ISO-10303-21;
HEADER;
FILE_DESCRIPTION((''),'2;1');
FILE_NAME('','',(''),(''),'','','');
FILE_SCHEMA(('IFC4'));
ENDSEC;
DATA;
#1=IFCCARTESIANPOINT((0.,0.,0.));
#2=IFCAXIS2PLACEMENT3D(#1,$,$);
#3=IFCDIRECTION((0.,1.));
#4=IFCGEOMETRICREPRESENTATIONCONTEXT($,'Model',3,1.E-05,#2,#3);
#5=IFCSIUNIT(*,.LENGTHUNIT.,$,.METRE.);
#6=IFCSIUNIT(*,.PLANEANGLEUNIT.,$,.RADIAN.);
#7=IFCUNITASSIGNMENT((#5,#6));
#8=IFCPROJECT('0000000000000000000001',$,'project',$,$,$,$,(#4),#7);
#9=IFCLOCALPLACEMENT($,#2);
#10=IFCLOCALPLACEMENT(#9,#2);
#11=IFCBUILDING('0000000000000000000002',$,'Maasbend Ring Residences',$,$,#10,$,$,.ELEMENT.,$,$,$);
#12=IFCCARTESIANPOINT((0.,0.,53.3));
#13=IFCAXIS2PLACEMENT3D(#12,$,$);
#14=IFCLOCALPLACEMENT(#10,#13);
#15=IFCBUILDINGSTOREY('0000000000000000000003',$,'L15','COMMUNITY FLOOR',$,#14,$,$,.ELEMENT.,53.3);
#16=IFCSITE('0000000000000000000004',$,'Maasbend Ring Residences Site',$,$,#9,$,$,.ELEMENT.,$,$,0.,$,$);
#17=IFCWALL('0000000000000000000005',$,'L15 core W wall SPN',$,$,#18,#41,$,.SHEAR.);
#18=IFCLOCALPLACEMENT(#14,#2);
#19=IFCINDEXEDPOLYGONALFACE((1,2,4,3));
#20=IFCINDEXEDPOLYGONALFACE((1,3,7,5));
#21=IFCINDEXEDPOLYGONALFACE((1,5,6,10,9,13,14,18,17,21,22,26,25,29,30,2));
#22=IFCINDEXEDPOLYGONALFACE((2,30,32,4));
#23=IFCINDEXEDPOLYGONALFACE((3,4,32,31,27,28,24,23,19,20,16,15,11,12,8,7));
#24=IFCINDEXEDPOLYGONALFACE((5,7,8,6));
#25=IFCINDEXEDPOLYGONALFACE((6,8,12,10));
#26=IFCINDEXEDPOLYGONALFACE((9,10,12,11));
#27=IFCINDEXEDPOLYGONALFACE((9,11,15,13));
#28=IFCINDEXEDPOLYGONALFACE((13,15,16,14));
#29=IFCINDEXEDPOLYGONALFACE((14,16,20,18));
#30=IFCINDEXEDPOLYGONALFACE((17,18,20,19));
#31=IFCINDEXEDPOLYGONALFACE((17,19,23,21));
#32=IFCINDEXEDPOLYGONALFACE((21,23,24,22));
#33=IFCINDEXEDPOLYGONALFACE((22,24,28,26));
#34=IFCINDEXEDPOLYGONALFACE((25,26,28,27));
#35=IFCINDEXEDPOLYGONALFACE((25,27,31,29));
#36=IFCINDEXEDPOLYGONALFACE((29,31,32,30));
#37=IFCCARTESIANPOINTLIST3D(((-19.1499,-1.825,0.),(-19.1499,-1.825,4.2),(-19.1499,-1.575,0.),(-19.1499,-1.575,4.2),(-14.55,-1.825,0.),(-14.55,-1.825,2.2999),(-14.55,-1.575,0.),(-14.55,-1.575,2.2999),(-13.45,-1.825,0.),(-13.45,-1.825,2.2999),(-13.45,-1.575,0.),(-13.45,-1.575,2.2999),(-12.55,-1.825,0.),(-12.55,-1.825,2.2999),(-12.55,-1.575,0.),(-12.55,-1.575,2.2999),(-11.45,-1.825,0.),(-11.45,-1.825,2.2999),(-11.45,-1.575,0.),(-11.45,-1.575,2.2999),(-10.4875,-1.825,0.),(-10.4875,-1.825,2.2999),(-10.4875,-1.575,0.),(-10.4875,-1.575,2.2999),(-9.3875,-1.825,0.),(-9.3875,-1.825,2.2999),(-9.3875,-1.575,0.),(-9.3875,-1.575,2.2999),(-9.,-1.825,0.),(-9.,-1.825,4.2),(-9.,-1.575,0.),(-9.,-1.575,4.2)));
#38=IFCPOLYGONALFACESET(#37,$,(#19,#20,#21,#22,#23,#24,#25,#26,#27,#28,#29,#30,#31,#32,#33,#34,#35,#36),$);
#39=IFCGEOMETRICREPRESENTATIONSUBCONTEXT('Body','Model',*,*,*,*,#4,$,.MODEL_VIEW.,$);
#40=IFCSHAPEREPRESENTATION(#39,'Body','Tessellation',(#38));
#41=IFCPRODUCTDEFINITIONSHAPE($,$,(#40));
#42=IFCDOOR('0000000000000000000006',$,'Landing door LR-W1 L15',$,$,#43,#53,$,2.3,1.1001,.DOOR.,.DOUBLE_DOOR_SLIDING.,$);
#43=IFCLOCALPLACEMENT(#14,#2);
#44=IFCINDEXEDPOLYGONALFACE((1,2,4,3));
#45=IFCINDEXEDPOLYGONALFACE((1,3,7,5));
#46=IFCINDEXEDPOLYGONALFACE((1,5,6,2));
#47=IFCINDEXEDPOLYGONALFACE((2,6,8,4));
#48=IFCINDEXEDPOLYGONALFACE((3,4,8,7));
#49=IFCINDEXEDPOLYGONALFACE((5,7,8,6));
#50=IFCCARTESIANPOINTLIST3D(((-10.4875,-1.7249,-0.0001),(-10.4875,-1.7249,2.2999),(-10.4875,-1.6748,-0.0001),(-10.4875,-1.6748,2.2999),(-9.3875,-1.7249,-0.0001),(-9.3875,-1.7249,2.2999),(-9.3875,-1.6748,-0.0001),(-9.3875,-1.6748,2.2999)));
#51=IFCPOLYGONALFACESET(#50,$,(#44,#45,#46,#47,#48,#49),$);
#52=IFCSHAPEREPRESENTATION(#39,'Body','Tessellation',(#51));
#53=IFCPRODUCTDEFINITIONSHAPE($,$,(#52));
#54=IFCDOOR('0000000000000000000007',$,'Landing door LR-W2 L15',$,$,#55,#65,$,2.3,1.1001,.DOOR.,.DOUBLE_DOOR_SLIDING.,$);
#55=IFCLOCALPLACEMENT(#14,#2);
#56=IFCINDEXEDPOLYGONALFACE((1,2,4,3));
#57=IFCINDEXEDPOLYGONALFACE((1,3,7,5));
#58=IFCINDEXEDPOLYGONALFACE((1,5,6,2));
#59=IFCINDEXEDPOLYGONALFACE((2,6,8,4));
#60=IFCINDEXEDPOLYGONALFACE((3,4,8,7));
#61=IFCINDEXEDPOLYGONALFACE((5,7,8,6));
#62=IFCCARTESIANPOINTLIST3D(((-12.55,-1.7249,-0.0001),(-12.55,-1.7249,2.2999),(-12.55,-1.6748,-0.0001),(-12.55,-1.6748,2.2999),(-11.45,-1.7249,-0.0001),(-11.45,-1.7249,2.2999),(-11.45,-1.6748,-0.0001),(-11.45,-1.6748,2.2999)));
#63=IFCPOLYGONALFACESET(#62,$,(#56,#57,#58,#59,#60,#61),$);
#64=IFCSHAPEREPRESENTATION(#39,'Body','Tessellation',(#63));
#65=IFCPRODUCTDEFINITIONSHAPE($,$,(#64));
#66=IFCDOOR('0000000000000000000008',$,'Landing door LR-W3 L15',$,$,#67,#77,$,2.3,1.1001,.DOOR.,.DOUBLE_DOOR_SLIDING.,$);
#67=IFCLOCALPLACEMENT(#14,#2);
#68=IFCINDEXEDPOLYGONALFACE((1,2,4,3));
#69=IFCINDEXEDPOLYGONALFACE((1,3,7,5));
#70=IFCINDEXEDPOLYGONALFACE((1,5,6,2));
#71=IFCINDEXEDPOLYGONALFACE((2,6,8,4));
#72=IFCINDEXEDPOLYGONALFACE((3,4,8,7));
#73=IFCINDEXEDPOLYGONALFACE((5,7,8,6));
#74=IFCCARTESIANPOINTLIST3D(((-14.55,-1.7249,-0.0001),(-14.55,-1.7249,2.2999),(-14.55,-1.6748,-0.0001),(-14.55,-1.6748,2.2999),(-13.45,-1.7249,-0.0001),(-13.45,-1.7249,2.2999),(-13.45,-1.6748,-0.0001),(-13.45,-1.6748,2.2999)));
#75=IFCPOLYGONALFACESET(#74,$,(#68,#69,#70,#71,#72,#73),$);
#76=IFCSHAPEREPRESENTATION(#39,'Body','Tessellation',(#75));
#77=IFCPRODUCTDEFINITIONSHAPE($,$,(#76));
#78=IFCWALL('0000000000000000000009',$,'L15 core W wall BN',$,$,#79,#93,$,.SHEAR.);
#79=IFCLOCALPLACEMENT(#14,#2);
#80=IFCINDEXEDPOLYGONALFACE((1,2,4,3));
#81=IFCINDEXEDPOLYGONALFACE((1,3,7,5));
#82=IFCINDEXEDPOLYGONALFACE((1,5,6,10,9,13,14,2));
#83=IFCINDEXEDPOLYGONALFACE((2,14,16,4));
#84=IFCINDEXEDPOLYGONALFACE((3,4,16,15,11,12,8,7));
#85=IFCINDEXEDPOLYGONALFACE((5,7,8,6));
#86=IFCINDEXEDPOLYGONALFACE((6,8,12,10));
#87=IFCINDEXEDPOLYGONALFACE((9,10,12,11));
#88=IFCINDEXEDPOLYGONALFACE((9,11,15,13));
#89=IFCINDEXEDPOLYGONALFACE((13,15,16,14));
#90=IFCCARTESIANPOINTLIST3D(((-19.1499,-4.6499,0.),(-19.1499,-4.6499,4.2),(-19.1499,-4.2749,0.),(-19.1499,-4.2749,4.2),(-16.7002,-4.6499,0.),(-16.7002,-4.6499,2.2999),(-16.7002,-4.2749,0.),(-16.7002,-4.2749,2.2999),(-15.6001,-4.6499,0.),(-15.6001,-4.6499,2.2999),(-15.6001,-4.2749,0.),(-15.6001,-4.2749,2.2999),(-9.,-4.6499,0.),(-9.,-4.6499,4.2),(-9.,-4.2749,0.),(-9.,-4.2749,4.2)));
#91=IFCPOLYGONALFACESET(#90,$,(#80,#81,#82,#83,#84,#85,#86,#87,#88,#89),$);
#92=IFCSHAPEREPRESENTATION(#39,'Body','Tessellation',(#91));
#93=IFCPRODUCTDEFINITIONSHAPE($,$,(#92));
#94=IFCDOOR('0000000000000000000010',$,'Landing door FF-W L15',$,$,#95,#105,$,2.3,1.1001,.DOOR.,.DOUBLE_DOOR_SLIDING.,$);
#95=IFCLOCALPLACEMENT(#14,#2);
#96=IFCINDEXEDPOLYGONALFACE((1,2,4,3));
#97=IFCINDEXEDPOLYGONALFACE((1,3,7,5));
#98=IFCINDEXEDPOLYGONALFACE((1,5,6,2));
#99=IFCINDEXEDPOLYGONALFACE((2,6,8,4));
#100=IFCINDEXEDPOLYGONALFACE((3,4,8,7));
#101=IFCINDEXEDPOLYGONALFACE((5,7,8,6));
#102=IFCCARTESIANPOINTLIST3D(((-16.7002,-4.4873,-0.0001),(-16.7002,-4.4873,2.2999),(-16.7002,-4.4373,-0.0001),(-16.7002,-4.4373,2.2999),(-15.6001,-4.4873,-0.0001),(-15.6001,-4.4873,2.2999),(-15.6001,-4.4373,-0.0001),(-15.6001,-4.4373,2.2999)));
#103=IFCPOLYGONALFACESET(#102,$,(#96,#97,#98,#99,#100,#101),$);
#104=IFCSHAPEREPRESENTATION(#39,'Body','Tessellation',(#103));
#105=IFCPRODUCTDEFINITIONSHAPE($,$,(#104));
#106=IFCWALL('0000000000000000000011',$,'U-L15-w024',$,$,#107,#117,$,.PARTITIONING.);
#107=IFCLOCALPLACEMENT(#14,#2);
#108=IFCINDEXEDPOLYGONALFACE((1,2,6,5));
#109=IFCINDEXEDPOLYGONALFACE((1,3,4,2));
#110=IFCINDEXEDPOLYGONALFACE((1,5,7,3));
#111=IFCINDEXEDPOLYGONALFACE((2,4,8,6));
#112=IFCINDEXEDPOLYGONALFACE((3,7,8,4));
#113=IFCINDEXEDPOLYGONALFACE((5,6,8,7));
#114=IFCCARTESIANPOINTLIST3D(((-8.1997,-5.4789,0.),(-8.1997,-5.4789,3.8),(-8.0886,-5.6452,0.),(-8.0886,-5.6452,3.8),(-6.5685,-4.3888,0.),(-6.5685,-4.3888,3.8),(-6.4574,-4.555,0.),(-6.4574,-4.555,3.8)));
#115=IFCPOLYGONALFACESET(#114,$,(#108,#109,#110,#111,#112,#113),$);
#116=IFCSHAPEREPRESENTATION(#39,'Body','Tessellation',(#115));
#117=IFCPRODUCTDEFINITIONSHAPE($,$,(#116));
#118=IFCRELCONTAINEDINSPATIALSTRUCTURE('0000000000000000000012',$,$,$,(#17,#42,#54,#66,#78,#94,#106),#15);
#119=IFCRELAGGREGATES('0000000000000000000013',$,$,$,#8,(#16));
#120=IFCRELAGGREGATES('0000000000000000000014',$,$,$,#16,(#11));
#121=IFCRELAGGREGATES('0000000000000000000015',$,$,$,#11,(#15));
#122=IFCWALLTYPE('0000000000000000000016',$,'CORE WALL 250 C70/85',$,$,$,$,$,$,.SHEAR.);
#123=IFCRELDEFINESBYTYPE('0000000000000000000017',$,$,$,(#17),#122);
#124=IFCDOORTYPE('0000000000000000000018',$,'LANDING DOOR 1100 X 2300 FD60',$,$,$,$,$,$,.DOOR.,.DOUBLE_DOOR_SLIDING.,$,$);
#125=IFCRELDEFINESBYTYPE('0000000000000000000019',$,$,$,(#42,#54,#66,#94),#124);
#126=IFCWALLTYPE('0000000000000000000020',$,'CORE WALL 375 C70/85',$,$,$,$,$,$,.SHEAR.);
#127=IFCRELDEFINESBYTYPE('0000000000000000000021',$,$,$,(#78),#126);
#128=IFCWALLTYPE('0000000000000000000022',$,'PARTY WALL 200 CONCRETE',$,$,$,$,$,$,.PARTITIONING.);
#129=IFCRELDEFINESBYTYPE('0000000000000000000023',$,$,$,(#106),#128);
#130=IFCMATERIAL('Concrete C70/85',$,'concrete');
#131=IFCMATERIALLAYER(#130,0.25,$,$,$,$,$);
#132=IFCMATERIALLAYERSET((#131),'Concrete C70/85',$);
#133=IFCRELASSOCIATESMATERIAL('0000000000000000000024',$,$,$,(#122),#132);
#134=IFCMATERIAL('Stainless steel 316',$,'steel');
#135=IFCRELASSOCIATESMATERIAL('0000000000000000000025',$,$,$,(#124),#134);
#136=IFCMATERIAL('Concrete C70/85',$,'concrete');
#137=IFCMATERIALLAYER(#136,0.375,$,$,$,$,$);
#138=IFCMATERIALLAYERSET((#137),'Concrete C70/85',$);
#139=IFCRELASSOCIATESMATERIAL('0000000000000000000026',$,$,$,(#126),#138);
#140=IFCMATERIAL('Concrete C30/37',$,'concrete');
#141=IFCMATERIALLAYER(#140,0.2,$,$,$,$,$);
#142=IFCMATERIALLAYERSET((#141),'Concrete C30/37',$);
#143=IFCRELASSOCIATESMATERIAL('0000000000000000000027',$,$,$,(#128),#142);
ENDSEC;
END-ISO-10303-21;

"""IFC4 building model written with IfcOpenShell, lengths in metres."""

from ifc_helpers import new_model, si_unit, direction, frame, frame_2d, origin, place, context, subcontext, project, spatial, rectangle, extrude, material, layer, layer_set, type_object, element, fill, save


model = new_model("IFC4")

# Units and contexts
model_context = context("Model", 3, precision=1e-05, world=origin(), true_north=direction((0.0, 1.0)))
body_context = subcontext(model_context, "Body", "Model", "MODEL_VIEW")
ifc_project = project(units=[si_unit("LENGTHUNIT", "METRE"), si_unit("PLANEANGLEUNIT", "RADIAN")], contexts=[model_context])

# Site, building, storey
site_placement = place(None, origin())
site = spatial("IfcSite", under=ifc_project, at=site_placement, Name="Maasbend Ring Residences Site", CompositionType="ELEMENT", RefElevation=0.0)
building_placement = place(site_placement, origin())
building = spatial("IfcBuilding", under=site, at=building_placement, Name="Maasbend Ring Residences", CompositionType="ELEMENT")
storey_placement = place(building_placement, frame((0.0, 0.0, 53.3)))
storey = spatial("IfcBuildingStorey", under=building, at=storey_placement, Name="L15", Description="COMMUNITY FLOOR", CompositionType="ELEMENT", Elevation=53.3)

# Wall, openings, doors
ifc_material_1 = material(Name="Concrete C70/85", Category="concrete")
ifc_layer_1 = layer(ifc_material_1, 0.25)
ifc_layer_set_1 = layer_set([ifc_layer_1], Name="Concrete C70/85")
wall_type_1 = type_object("IfcWallType", Name="CORE WALL 250 C70/85", PredefinedType="SHEAR", material=ifc_layer_set_1)
wall_1_placement = place(storey_placement, frame((-9.0, -1.7, 0.0), z_axis=(0.0, 0.0, 1.0), x_axis=(-1.0, 0.0, 0.0)))
wall_1 = element("IfcWall", 1, at=wall_1_placement, inside=storey, type_object=wall_type_1, Name="L15 core W wall SPN", PredefinedType="SHEAR", context=body_context, shape_type="SweptSolid", body=[
    extrude(rectangle(XDim=10.1499, YDim=0.25, at=frame_2d((5.075, 0.0))), origin(), (0.0, 0.0, 1.0), 4.2),
])
opening_1_placement = place(wall_1_placement, frame((0.3875, 0.0, 0.0)))
opening_1 = element("IfcOpeningElement", 2, at=opening_1_placement, cuts=wall_1, PredefinedType="OPENING", context=body_context, shape_type="SweptSolid", body=[
    extrude(rectangle(XDim=1.1001, YDim=2.3, at=frame_2d((0.55, 1.1499))), frame((0.0, 0.135, 0.0), z_axis=(0.0, -1.0, 0.0), x_axis=(1.0, 0.0, 0.0)), (0.0, 0.0, 1.0), 0.27),
])
opening_2_placement = place(wall_1_placement, frame((2.45, 0.0, 0.0)))
opening_2 = element("IfcOpeningElement", 3, at=opening_2_placement, cuts=wall_1, PredefinedType="OPENING", context=body_context, shape_type="SweptSolid", body=[
    extrude(rectangle(XDim=1.1001, YDim=2.3, at=frame_2d((0.55, 1.1499))), frame((0.0, 0.135, 0.0), z_axis=(0.0, -1.0, 0.0), x_axis=(1.0, 0.0, 0.0)), (0.0, 0.0, 1.0), 0.27),
])
opening_3_placement = place(wall_1_placement, frame((4.45, 0.0, 0.0)))
opening_3 = element("IfcOpeningElement", 4, at=opening_3_placement, cuts=wall_1, PredefinedType="OPENING", context=body_context, shape_type="SweptSolid", body=[
    extrude(rectangle(XDim=1.1001, YDim=2.3, at=frame_2d((0.55, 1.1499))), frame((0.0, 0.135, 0.0), z_axis=(0.0, -1.0, 0.0), x_axis=(1.0, 0.0, 0.0)), (0.0, 0.0, 1.0), 0.27),
])
ifc_material_2 = material(Name="Stainless steel 316", Category="steel")
door_type = type_object("IfcDoorType", Name="LANDING DOOR 1100 X 2300 FD60", OperationType="DOUBLE_DOOR_SLIDING", PredefinedType="DOOR", material=ifc_material_2)
door_1_placement = place(opening_1_placement, origin())
door_1 = element("IfcDoor", 5, at=door_1_placement, inside=storey, type_object=door_type, Name="Landing door LR-W1 L15", OperationType="DOUBLE_DOOR_SLIDING", OverallHeight=2.3, OverallWidth=1.1001, PredefinedType="DOOR", context=body_context, shape_type="SweptSolid", body=[
    extrude(rectangle(XDim=1.1001, YDim=2.3, at=frame_2d((0.55, 1.1499))), frame((0.0, 0.0249, 0.0), z_axis=(0.0, -1.0, 0.0), x_axis=(1.0, 0.0, 0.0)), (0.0, 0.0, 1.0), 0.05),
])
fill(opening_1, door_1)
door_2_placement = place(opening_2_placement, origin())
door_2 = element("IfcDoor", 6, at=door_2_placement, inside=storey, type_object=door_type, Name="Landing door LR-W2 L15", OperationType="DOUBLE_DOOR_SLIDING", OverallHeight=2.3, OverallWidth=1.1001, PredefinedType="DOOR", context=body_context, shape_type="SweptSolid", body=[
    extrude(rectangle(XDim=1.1001, YDim=2.3, at=frame_2d((0.55, 1.1499))), frame((0.0, 0.0249, 0.0), z_axis=(0.0, -1.0, 0.0), x_axis=(1.0, 0.0, 0.0)), (0.0, 0.0, 1.0), 0.05),
])
fill(opening_2, door_2)
door_3_placement = place(opening_3_placement, origin())
door_3 = element("IfcDoor", 7, at=door_3_placement, inside=storey, type_object=door_type, Name="Landing door LR-W3 L15", OperationType="DOUBLE_DOOR_SLIDING", OverallHeight=2.3, OverallWidth=1.1001, PredefinedType="DOOR", context=body_context, shape_type="SweptSolid", body=[
    extrude(rectangle(XDim=1.1001, YDim=2.3, at=frame_2d((0.55, 1.1499))), frame((0.0, 0.0249, 0.0), z_axis=(0.0, -1.0, 0.0), x_axis=(1.0, 0.0, 0.0)), (0.0, 0.0, 1.0), 0.05),
])
fill(opening_3, door_3)

# Wall, opening, door
ifc_material_3 = material(Name="Concrete C70/85", Category="concrete")
ifc_layer_2 = layer(ifc_material_3, 0.375)
ifc_layer_set_2 = layer_set([ifc_layer_2], Name="Concrete C70/85")
wall_type_2 = type_object("IfcWallType", Name="CORE WALL 375 C70/85", PredefinedType="SHEAR", material=ifc_layer_set_2)
wall_2_placement = place(storey_placement, frame((-9.0, -4.4624, 0.0), z_axis=(0.0, 0.0, 1.0), x_axis=(-1.0, 0.0, 0.0)))
wall_2 = element("IfcWall", 8, at=wall_2_placement, inside=storey, type_object=wall_type_2, Name="L15 core W wall BN", PredefinedType="SHEAR", context=body_context, shape_type="SweptSolid", body=[
    extrude(rectangle(XDim=10.1499, YDim=0.375, at=frame_2d((5.075, 0.0))), origin(), (0.0, 0.0, 1.0), 4.2),
])
opening_4_placement = place(wall_2_placement, frame((6.6001, 0.0, 0.0)))
opening_4 = element("IfcOpeningElement", 9, at=opening_4_placement, cuts=wall_2, PredefinedType="OPENING", context=body_context, shape_type="SweptSolid", body=[
    extrude(rectangle(XDim=1.1001, YDim=2.3, at=frame_2d((0.55, 1.1499))), frame((0.0, 0.1975, 0.0), z_axis=(0.0, -1.0, 0.0), x_axis=(1.0, 0.0, 0.0)), (0.0, 0.0, 1.0), 0.395),
])
door_4_placement = place(opening_4_placement, origin())
door_4 = element("IfcDoor", 10, at=door_4_placement, inside=storey, type_object=door_type, Name="Landing door FF-W L15", OperationType="DOUBLE_DOOR_SLIDING", OverallHeight=2.3, OverallWidth=1.1001, PredefinedType="DOOR", context=body_context, shape_type="SweptSolid", body=[
    extrude(rectangle(XDim=1.1001, YDim=2.3, at=frame_2d((0.55, 1.1499))), frame((0.0, 0.0249, 0.0), z_axis=(0.0, -1.0, 0.0), x_axis=(1.0, 0.0, 0.0)), (0.0, 0.0, 1.0), 0.05),
])
fill(opening_4, door_4)

# Wall
ifc_material_4 = material(Name="Concrete C30/37", Category="concrete")
ifc_layer_3 = layer(ifc_material_4, 0.2)
ifc_layer_set_3 = layer_set([ifc_layer_3], Name="Concrete C30/37")
wall_type_3 = type_object("IfcWallType", Name="PARTY WALL 200 CONCRETE", PredefinedType="PARTITIONING", material=ifc_layer_set_3)
wall_3_placement = place(storey_placement, frame((-6.5129, -4.4719, 0.0), z_axis=(0.0, 0.0, 1.0), x_axis=(-0.831418, -0.555648, 0.0)))
element("IfcWall", 11, at=wall_3_placement, inside=storey, type_object=wall_type_3, Name="U-L15-w024", PredefinedType="PARTITIONING", context=body_context, shape_type="SweptSolid", body=[
    extrude(rectangle(XDim=1.9619, YDim=0.2, at=frame_2d((0.981, 0.0))), origin(), (0.0, 0.0, 1.0), 3.8),
])

save(model, "model.ifc")
